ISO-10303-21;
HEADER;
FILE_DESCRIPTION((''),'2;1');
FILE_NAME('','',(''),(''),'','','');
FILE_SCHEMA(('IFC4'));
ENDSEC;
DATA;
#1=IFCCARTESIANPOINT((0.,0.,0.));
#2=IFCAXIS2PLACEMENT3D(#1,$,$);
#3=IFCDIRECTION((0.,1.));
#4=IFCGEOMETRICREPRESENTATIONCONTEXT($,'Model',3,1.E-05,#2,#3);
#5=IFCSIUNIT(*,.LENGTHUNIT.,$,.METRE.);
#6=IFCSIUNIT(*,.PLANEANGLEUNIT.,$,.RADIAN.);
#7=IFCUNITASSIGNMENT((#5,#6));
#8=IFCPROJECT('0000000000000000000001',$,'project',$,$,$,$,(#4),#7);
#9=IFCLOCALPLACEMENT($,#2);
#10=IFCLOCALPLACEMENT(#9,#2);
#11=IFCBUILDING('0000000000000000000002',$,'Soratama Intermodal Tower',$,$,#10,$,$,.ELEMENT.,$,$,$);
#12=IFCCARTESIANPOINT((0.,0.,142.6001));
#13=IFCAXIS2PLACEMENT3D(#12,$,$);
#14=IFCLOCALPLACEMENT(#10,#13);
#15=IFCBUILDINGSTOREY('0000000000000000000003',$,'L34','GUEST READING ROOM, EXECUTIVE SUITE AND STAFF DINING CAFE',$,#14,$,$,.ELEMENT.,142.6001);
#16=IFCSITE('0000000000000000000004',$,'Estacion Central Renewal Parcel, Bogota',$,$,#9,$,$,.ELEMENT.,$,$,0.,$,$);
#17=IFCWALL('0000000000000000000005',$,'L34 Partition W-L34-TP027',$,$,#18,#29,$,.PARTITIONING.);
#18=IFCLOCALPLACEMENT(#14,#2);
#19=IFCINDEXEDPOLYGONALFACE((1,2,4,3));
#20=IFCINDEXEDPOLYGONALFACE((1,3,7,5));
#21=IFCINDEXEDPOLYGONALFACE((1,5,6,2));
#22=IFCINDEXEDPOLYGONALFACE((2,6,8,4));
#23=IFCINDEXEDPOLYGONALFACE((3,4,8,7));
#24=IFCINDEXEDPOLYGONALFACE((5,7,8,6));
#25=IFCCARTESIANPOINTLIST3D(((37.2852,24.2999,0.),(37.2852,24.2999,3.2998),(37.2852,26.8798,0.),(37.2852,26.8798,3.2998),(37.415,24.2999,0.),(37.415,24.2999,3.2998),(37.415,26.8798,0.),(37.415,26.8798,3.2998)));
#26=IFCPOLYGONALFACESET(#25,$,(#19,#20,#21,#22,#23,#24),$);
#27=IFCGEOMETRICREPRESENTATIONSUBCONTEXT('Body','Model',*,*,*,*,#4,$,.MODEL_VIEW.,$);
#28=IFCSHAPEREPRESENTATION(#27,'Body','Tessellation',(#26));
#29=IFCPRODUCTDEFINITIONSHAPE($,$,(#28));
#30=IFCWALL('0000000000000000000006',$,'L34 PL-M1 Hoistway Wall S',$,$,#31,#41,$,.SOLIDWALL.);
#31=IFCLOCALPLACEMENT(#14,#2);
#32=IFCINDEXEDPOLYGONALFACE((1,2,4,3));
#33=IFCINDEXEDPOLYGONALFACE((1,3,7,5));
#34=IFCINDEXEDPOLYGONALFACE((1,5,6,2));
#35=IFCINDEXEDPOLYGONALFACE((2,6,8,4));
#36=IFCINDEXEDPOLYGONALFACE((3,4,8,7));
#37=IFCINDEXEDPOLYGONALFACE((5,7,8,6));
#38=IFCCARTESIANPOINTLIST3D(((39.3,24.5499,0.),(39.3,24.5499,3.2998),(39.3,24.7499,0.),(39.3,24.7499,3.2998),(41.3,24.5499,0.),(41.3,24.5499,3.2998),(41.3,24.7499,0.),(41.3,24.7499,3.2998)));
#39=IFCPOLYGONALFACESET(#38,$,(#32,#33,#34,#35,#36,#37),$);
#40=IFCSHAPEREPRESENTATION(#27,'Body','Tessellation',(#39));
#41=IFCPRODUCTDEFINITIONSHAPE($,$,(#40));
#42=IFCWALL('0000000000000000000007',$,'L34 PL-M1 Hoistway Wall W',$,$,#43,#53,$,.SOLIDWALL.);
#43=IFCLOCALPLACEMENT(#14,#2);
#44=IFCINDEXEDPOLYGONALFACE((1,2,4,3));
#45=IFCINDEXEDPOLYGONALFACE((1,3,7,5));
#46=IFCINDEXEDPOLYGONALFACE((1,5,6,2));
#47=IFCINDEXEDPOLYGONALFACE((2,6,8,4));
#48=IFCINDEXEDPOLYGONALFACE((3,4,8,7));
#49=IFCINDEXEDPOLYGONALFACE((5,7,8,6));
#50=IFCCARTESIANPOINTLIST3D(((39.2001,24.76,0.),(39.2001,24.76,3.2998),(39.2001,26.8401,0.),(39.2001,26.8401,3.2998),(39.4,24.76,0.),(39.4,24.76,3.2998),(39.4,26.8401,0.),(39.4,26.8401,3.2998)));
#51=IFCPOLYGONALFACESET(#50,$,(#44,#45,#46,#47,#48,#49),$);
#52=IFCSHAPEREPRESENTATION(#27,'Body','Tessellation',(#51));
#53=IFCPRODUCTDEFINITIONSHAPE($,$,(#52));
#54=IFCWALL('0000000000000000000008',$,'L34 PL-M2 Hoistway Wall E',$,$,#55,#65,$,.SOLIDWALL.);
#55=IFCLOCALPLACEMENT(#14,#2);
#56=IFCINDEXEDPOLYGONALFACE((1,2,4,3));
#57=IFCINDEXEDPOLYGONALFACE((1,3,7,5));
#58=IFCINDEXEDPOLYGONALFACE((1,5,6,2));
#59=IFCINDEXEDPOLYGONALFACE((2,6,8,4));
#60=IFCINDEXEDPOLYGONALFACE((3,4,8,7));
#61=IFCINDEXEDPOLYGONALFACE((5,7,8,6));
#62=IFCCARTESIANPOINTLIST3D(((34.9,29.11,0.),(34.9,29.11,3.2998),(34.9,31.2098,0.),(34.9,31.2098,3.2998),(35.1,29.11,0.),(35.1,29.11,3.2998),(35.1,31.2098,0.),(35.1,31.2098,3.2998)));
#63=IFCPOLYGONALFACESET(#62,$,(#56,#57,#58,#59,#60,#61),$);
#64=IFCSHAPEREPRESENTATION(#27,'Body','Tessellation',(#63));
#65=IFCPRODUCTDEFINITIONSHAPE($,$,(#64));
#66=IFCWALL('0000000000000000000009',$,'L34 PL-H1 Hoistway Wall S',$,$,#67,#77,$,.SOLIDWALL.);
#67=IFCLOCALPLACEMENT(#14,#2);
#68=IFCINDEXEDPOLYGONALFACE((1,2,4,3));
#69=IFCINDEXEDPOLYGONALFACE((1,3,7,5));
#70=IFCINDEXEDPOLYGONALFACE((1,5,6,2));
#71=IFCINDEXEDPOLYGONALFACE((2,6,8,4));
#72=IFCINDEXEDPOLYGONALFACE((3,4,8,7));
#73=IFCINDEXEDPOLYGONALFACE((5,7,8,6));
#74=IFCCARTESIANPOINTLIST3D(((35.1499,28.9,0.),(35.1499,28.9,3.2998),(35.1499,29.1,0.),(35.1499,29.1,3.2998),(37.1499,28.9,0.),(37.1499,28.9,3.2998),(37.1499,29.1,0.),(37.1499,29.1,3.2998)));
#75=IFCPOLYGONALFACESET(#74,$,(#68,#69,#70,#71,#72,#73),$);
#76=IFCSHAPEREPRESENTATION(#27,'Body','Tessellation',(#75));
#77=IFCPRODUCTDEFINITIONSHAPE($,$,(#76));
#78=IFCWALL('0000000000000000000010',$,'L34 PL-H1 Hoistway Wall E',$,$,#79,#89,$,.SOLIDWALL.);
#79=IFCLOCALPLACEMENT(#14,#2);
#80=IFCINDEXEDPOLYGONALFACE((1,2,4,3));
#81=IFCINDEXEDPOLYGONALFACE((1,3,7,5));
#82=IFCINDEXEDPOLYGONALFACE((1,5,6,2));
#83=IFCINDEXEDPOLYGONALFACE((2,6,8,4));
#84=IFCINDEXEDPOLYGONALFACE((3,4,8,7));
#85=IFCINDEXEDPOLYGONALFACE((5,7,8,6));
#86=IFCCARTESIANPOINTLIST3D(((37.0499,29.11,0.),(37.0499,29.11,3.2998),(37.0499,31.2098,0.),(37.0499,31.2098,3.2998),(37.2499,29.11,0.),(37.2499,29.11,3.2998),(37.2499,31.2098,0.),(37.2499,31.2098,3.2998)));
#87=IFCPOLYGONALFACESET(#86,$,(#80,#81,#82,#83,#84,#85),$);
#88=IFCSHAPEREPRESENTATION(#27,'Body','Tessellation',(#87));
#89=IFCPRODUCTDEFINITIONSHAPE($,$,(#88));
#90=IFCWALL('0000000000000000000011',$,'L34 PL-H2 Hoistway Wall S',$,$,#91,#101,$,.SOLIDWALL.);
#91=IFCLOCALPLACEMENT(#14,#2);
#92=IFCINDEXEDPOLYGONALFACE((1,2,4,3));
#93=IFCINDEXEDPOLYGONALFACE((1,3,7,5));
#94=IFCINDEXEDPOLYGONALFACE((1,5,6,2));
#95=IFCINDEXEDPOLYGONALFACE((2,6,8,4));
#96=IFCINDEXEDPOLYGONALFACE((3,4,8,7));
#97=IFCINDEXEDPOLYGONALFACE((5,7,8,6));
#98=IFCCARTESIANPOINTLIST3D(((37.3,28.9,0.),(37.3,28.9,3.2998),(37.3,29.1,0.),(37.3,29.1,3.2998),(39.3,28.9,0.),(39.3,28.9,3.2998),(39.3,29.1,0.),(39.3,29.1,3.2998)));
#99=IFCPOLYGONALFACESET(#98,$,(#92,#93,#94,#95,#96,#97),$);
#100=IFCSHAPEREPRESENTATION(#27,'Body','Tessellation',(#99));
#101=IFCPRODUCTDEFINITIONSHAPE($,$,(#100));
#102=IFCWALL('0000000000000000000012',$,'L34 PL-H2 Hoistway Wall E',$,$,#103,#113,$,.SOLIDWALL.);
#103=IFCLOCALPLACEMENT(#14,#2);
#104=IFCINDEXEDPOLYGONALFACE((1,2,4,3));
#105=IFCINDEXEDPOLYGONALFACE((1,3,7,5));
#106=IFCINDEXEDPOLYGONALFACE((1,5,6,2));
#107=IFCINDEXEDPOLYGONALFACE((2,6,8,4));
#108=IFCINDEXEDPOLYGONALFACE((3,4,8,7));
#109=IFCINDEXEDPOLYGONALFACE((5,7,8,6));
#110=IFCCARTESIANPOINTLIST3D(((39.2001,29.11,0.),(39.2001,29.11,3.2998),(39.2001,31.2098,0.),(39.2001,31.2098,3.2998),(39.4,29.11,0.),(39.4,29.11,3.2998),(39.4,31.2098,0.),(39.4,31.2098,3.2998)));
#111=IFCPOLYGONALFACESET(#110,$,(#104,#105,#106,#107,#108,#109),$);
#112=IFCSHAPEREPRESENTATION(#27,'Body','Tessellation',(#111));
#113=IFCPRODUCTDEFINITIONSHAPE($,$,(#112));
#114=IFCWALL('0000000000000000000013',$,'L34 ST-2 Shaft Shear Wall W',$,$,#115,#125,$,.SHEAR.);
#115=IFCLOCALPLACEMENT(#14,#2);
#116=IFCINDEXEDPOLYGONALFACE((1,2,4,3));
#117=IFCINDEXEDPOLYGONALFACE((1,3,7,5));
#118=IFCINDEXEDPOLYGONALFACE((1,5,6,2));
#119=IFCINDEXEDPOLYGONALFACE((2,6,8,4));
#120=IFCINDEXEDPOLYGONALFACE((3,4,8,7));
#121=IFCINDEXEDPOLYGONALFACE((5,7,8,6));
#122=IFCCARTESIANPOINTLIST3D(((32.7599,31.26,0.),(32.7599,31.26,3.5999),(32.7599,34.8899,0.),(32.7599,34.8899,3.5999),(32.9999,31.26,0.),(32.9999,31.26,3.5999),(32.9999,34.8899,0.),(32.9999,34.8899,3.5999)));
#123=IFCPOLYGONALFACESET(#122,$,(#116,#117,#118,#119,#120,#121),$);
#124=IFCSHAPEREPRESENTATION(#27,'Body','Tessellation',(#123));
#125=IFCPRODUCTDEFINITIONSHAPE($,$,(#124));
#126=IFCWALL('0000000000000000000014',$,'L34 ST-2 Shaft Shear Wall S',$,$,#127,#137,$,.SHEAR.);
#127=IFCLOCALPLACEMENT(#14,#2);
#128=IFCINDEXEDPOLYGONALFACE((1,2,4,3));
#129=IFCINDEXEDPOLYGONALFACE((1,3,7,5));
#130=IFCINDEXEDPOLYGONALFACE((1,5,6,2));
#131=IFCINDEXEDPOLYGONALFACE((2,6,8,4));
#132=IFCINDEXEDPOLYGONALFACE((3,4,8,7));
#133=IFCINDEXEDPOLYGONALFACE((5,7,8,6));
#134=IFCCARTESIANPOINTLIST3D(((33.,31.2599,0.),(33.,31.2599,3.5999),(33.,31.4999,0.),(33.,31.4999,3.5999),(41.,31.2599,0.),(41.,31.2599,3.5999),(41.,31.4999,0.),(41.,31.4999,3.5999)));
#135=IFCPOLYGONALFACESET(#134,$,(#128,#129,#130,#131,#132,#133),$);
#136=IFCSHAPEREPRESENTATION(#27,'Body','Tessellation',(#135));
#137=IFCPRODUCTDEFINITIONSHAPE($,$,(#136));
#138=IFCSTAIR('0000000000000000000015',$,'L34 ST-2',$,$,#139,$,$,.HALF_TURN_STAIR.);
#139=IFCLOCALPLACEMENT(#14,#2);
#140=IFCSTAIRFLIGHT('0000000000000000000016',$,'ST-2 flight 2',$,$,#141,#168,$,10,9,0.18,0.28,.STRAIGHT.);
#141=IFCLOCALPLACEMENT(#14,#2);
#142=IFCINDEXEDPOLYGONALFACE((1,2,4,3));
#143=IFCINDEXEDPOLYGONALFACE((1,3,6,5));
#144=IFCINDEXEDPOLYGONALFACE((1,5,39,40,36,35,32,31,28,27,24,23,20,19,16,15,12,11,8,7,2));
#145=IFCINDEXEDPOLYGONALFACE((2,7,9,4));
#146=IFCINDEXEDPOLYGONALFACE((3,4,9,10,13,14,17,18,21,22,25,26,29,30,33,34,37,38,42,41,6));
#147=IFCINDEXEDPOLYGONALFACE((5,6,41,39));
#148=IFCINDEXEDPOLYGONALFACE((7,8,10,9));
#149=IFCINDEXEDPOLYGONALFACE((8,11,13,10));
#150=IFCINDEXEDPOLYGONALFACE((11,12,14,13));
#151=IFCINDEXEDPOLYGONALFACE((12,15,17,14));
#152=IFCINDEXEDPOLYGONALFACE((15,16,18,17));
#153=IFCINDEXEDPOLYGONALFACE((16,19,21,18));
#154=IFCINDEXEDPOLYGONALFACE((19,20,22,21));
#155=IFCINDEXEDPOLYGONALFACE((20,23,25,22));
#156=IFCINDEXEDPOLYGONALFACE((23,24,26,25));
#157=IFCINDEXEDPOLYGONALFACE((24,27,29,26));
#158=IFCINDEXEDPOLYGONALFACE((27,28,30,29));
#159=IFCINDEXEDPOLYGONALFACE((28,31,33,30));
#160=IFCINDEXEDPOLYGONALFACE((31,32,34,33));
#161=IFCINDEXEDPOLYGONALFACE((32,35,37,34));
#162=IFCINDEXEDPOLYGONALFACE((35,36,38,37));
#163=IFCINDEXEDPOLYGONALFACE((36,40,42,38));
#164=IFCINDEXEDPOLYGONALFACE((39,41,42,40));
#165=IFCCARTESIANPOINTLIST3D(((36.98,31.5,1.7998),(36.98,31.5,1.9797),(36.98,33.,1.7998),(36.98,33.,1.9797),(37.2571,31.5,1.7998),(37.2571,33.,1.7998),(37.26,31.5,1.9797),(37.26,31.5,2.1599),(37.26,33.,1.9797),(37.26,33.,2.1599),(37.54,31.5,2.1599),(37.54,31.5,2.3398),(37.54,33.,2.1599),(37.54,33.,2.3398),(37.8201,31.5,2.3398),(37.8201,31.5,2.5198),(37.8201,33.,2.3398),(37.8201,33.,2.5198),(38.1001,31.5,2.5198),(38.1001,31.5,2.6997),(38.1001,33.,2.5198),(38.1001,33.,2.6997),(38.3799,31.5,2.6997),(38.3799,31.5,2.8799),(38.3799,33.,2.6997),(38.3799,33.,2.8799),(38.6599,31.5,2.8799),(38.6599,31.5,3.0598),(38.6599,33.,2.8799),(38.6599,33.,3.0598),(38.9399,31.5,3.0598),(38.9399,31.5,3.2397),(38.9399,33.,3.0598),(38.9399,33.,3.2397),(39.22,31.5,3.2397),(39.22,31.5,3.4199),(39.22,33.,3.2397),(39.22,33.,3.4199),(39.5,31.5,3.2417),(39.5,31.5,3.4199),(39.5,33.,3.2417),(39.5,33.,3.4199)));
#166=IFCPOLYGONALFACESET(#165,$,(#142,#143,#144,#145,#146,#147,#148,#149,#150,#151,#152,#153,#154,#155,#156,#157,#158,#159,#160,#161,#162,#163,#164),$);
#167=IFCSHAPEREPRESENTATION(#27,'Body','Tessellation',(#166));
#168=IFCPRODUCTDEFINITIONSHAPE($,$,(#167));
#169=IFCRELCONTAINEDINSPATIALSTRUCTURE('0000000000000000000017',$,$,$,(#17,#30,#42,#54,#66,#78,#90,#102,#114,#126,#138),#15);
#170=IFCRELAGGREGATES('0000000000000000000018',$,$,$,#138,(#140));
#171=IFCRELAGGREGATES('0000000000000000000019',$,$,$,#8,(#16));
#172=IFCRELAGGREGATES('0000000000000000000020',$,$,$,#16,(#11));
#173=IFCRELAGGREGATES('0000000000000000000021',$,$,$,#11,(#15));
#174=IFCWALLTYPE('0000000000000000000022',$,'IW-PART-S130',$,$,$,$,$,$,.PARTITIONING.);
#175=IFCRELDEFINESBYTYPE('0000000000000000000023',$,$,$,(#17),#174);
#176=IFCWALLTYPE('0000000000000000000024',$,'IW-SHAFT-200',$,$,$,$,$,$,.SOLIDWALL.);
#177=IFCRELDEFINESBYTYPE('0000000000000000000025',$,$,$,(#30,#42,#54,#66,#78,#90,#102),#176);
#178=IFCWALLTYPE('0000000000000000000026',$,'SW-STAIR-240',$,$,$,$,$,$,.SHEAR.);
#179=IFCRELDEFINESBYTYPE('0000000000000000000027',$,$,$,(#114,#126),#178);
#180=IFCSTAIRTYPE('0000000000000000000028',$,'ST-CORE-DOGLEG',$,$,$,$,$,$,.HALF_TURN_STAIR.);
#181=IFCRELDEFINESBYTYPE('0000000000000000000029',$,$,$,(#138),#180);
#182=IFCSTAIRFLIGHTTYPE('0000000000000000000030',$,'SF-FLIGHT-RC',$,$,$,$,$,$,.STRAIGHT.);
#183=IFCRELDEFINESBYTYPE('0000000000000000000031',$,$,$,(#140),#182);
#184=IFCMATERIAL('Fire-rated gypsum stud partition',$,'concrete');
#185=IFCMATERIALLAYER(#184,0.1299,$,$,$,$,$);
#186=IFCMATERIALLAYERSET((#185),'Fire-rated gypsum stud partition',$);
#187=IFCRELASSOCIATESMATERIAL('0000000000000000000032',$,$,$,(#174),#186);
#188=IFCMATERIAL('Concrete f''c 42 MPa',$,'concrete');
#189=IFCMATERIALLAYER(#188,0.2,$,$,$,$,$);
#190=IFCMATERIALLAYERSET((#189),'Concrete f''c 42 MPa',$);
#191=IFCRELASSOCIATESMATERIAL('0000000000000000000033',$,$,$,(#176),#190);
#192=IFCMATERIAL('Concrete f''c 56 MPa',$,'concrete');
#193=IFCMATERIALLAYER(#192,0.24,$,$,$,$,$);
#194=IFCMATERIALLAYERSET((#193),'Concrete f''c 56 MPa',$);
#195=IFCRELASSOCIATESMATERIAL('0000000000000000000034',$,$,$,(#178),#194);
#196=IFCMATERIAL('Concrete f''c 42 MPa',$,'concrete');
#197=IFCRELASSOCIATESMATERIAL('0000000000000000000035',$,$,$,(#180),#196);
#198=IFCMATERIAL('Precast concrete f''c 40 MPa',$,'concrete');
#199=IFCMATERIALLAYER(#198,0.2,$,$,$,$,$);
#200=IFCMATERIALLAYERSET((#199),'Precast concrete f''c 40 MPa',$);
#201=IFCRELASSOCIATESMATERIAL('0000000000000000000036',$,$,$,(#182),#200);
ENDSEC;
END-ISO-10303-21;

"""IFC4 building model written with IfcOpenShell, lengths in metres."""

from ifc_helpers import new_model, si_unit, direction, frame, frame_2d, origin, place, context, subcontext, project, spatial, polyline, rectangle, outline, extrude, material, layer, layer_set, type_object, element, aggregate, save


model = new_model("IFC4")

# Units and contexts
model_context = context("Model", 3, precision=1e-05, world=origin(), true_north=direction((0.0, 1.0)))
body_context = subcontext(model_context, "Body", "Model", "MODEL_VIEW")
ifc_project = project(units=[si_unit("LENGTHUNIT", "METRE"), si_unit("PLANEANGLEUNIT", "RADIAN")], contexts=[model_context])

# Site, building, storey
site_placement = place(None, origin())
site = spatial("IfcSite", under=ifc_project, at=site_placement, Name="Estacion Central Renewal Parcel, Bogota", CompositionType="ELEMENT", RefElevation=0.0)
building_placement = place(site_placement, origin())
building = spatial("IfcBuilding", under=site, at=building_placement, Name="Soratama Intermodal Tower", CompositionType="ELEMENT")
storey_placement = place(building_placement, frame((0.0, 0.0, 142.6001)))
storey = spatial("IfcBuildingStorey", under=building, at=storey_placement, Name="L34", Description="GUEST READING ROOM, EXECUTIVE SUITE AND STAFF DINING CAFE", CompositionType="ELEMENT", Elevation=142.6001)

# Walls
ifc_material_1 = material(Name="Fire-rated gypsum stud partition", Category="concrete")
ifc_layer_1 = layer(ifc_material_1, 0.1299)
ifc_layer_set_1 = layer_set([ifc_layer_1], Name="Fire-rated gypsum stud partition")
wall_type_1 = type_object("IfcWallType", Name="IW-PART-S130", PredefinedType="PARTITIONING", material=ifc_layer_set_1)
wall_1_placement = place(storey_placement, frame((37.3501, 26.8799, 0.0), z_axis=(0.0, 0.0, 1.0), x_axis=(0.0, -1.0, 0.0)))
element("IfcWall", 1, at=wall_1_placement, inside=storey, type_object=wall_type_1, Name="L34 Partition W-L34-TP027", PredefinedType="PARTITIONING", context=body_context, shape_type="SweptSolid", body=[
    extrude(rectangle(XDim=2.5798, YDim=0.1299, at=frame_2d((1.29, 0.0))), origin(), (0.0, 0.0, 1.0), 3.2998),
])
ifc_material_2 = material(Name="Concrete f'c 42 MPa", Category="concrete")
ifc_layer_2 = layer(ifc_material_2, 0.2)
ifc_layer_set_2 = layer_set([ifc_layer_2], Name="Concrete f'c 42 MPa")
wall_type_2 = type_object("IfcWallType", Name="IW-SHAFT-200", PredefinedType="SOLIDWALL", material=ifc_layer_set_2)
wall_2_placement = place(storey_placement, frame((39.3, 24.6499, 0.0), z_axis=(0.0, 0.0, 1.0), x_axis=(1.0, 0.0, 0.0)))
element("IfcWall", 2, at=wall_2_placement, inside=storey, type_object=wall_type_2, Name="L34 PL-M1 Hoistway Wall S", PredefinedType="SOLIDWALL", context=body_context, shape_type="SweptSolid", body=[
    extrude(rectangle(XDim=2.0, YDim=0.2, at=frame_2d((1.0, 0.0))), origin(), (0.0, 0.0, 1.0), 3.2998),
])

# Walls
wall_3_placement = place(storey_placement, frame((39.3, 24.76, 0.0), z_axis=(0.0, 0.0, 1.0), x_axis=(0.0, 1.0, 0.0)))
element("IfcWall", 3, at=wall_3_placement, inside=storey, type_object=wall_type_2, Name="L34 PL-M1 Hoistway Wall W", PredefinedType="SOLIDWALL", context=body_context, shape_type="SweptSolid", body=[
    extrude(rectangle(XDim=2.0801, YDim=0.2, at=frame_2d((1.04, 0.0))), origin(), (0.0, 0.0, 1.0), 3.2998),
])
wall_4_placement = place(storey_placement, frame((35.0, 29.1101, 0.0), z_axis=(0.0, 0.0, 1.0), x_axis=(0.0, 1.0, 0.0)))
element("IfcWall", 4, at=wall_4_placement, inside=storey, type_object=wall_type_2, Name="L34 PL-M2 Hoistway Wall E", PredefinedType="SOLIDWALL", context=body_context, shape_type="SweptSolid", body=[
    extrude(rectangle(XDim=2.0999, YDim=0.2, at=frame_2d((1.0498, 0.0))), origin(), (0.0, 0.0, 1.0), 3.2998),
])
wall_5_placement = place(storey_placement, frame((35.1499, 29.0, 0.0), z_axis=(0.0, 0.0, 1.0), x_axis=(1.0, 0.0, 0.0)))
element("IfcWall", 5, at=wall_5_placement, inside=storey, type_object=wall_type_2, Name="L34 PL-H1 Hoistway Wall S", PredefinedType="SOLIDWALL", context=body_context, shape_type="SweptSolid", body=[
    extrude(rectangle(XDim=2.0, YDim=0.2, at=frame_2d((1.0, 0.0))), origin(), (0.0, 0.0, 1.0), 3.2998),
])
wall_6_placement = place(storey_placement, frame((37.1499, 29.1101, 0.0), z_axis=(0.0, 0.0, 1.0), x_axis=(0.0, 1.0, 0.0)))
element("IfcWall", 6, at=wall_6_placement, inside=storey, type_object=wall_type_2, Name="L34 PL-H1 Hoistway Wall E", PredefinedType="SOLIDWALL", context=body_context, shape_type="SweptSolid", body=[
    extrude(rectangle(XDim=2.0999, YDim=0.2, at=frame_2d((1.0498, 0.0))), origin(), (0.0, 0.0, 1.0), 3.2998),
])
wall_7_placement = place(storey_placement, frame((37.3, 29.0, 0.0), z_axis=(0.0, 0.0, 1.0), x_axis=(1.0, 0.0, 0.0)))
element("IfcWall", 7, at=wall_7_placement, inside=storey, type_object=wall_type_2, Name="L34 PL-H2 Hoistway Wall S", PredefinedType="SOLIDWALL", context=body_context, shape_type="SweptSolid", body=[
    extrude(rectangle(XDim=2.0, YDim=0.2, at=frame_2d((1.0, 0.0))), origin(), (0.0, 0.0, 1.0), 3.2998),
])
wall_8_placement = place(storey_placement, frame((39.3, 29.1101, 0.0), z_axis=(0.0, 0.0, 1.0), x_axis=(0.0, 1.0, 0.0)))
element("IfcWall", 8, at=wall_8_placement, inside=storey, type_object=wall_type_2, Name="L34 PL-H2 Hoistway Wall E", PredefinedType="SOLIDWALL", context=body_context, shape_type="SweptSolid", body=[
    extrude(rectangle(XDim=2.0999, YDim=0.2, at=frame_2d((1.0498, 0.0))), origin(), (0.0, 0.0, 1.0), 3.2998),
])
ifc_material_3 = material(Name="Concrete f'c 56 MPa", Category="concrete")
ifc_layer_3 = layer(ifc_material_3, 0.24)
ifc_layer_set_3 = layer_set([ifc_layer_3], Name="Concrete f'c 56 MPa")
wall_type_3 = type_object("IfcWallType", Name="SW-STAIR-240", PredefinedType="SHEAR", material=ifc_layer_set_3)
wall_9_placement = place(storey_placement, frame((32.8799, 31.26, 0.0), z_axis=(0.0, 0.0, 1.0), x_axis=(0.0, 1.0, 0.0)))
element("IfcWall", 9, at=wall_9_placement, inside=storey, type_object=wall_type_3, Name="L34 ST-2 Shaft Shear Wall W", PredefinedType="SHEAR", context=body_context, shape_type="SweptSolid", body=[
    extrude(rectangle(XDim=3.6299, YDim=0.24, at=frame_2d((1.8149, 0.0))), origin(), (0.0, 0.0, 1.0), 3.5999),
])

# Wall
wall_10_placement = place(storey_placement, frame((33.0, 31.3799, 0.0), z_axis=(0.0, 0.0, 1.0), x_axis=(1.0, 0.0, 0.0)))
element("IfcWall", 10, at=wall_10_placement, inside=storey, type_object=wall_type_3, Name="L34 ST-2 Shaft Shear Wall S", PredefinedType="SHEAR", context=body_context, shape_type="SweptSolid", body=[
    extrude(rectangle(XDim=8.0, YDim=0.24, at=frame_2d((4.0, 0.0))), origin(), (0.0, 0.0, 1.0), 3.5999),
])

# Stair, stair flight
ifc_material_4 = material(Name="Concrete f'c 42 MPa", Category="concrete")
stair_type = type_object("IfcStairType", Name="ST-CORE-DOGLEG", PredefinedType="HALF_TURN_STAIR", material=ifc_material_4)
stair_placement = place(storey_placement, origin())
stair = element("IfcStair", 11, at=stair_placement, inside=storey, type_object=stair_type, Name="L34 ST-2", PredefinedType="HALF_TURN_STAIR")
ifc_material_5 = material(Name="Precast concrete f'c 40 MPa", Category="concrete")
ifc_layer_4 = layer(ifc_material_5, 0.2)
ifc_layer_set_4 = layer_set([ifc_layer_4], Name="Precast concrete f'c 40 MPa")
stair_flight_type = type_object("IfcStairFlightType", Name="SF-FLIGHT-RC", PredefinedType="STRAIGHT", material=ifc_layer_set_4)
stair_flight_placement = place(storey_placement, frame((36.98, 32.25, 1.7998), z_axis=(0.0, 0.0, 1.0), x_axis=(1.0, 0.0, 0.0)))
stair_flight = element("IfcStairFlight", 12, at=stair_flight_placement, type_object=stair_flight_type, Name="ST-2 flight 2", NumberOfRisers=10, NumberOfTreads=9, PredefinedType="STRAIGHT", RiserHeight=0.18, TreadLength=0.28, context=body_context, shape_type="SweptSolid", body=[
    extrude(outline(polyline([(0.0, 0.0), (0.0, 0.1799), (0.28, 0.1799), (0.28, 0.3601), (0.5601, 0.3601), (0.5601, 0.54), (0.8401, 0.54), (0.8401, 0.72), (1.1201, 0.72), (1.1201, 0.8999), (1.3999, 0.8999), (1.3999, 1.0801), (1.6799, 1.0801), (1.6799, 1.26), (1.96, 1.26), (1.96, 1.4399), (2.24, 1.4399), (2.24, 1.6201), (2.52, 1.6201), (2.52, 1.8), (2.52, 1.4419), (0.2771, 0.0), (0.0, 0.0)])), frame((0.0, 0.75, 0.0), z_axis=(0.0, -1.0, 0.0), x_axis=(1.0, 0.0, 0.0)), (0.0, 0.0, 1.0), 1.5),
])
aggregate(stair, [stair_flight])

save(model, "model.ifc")
